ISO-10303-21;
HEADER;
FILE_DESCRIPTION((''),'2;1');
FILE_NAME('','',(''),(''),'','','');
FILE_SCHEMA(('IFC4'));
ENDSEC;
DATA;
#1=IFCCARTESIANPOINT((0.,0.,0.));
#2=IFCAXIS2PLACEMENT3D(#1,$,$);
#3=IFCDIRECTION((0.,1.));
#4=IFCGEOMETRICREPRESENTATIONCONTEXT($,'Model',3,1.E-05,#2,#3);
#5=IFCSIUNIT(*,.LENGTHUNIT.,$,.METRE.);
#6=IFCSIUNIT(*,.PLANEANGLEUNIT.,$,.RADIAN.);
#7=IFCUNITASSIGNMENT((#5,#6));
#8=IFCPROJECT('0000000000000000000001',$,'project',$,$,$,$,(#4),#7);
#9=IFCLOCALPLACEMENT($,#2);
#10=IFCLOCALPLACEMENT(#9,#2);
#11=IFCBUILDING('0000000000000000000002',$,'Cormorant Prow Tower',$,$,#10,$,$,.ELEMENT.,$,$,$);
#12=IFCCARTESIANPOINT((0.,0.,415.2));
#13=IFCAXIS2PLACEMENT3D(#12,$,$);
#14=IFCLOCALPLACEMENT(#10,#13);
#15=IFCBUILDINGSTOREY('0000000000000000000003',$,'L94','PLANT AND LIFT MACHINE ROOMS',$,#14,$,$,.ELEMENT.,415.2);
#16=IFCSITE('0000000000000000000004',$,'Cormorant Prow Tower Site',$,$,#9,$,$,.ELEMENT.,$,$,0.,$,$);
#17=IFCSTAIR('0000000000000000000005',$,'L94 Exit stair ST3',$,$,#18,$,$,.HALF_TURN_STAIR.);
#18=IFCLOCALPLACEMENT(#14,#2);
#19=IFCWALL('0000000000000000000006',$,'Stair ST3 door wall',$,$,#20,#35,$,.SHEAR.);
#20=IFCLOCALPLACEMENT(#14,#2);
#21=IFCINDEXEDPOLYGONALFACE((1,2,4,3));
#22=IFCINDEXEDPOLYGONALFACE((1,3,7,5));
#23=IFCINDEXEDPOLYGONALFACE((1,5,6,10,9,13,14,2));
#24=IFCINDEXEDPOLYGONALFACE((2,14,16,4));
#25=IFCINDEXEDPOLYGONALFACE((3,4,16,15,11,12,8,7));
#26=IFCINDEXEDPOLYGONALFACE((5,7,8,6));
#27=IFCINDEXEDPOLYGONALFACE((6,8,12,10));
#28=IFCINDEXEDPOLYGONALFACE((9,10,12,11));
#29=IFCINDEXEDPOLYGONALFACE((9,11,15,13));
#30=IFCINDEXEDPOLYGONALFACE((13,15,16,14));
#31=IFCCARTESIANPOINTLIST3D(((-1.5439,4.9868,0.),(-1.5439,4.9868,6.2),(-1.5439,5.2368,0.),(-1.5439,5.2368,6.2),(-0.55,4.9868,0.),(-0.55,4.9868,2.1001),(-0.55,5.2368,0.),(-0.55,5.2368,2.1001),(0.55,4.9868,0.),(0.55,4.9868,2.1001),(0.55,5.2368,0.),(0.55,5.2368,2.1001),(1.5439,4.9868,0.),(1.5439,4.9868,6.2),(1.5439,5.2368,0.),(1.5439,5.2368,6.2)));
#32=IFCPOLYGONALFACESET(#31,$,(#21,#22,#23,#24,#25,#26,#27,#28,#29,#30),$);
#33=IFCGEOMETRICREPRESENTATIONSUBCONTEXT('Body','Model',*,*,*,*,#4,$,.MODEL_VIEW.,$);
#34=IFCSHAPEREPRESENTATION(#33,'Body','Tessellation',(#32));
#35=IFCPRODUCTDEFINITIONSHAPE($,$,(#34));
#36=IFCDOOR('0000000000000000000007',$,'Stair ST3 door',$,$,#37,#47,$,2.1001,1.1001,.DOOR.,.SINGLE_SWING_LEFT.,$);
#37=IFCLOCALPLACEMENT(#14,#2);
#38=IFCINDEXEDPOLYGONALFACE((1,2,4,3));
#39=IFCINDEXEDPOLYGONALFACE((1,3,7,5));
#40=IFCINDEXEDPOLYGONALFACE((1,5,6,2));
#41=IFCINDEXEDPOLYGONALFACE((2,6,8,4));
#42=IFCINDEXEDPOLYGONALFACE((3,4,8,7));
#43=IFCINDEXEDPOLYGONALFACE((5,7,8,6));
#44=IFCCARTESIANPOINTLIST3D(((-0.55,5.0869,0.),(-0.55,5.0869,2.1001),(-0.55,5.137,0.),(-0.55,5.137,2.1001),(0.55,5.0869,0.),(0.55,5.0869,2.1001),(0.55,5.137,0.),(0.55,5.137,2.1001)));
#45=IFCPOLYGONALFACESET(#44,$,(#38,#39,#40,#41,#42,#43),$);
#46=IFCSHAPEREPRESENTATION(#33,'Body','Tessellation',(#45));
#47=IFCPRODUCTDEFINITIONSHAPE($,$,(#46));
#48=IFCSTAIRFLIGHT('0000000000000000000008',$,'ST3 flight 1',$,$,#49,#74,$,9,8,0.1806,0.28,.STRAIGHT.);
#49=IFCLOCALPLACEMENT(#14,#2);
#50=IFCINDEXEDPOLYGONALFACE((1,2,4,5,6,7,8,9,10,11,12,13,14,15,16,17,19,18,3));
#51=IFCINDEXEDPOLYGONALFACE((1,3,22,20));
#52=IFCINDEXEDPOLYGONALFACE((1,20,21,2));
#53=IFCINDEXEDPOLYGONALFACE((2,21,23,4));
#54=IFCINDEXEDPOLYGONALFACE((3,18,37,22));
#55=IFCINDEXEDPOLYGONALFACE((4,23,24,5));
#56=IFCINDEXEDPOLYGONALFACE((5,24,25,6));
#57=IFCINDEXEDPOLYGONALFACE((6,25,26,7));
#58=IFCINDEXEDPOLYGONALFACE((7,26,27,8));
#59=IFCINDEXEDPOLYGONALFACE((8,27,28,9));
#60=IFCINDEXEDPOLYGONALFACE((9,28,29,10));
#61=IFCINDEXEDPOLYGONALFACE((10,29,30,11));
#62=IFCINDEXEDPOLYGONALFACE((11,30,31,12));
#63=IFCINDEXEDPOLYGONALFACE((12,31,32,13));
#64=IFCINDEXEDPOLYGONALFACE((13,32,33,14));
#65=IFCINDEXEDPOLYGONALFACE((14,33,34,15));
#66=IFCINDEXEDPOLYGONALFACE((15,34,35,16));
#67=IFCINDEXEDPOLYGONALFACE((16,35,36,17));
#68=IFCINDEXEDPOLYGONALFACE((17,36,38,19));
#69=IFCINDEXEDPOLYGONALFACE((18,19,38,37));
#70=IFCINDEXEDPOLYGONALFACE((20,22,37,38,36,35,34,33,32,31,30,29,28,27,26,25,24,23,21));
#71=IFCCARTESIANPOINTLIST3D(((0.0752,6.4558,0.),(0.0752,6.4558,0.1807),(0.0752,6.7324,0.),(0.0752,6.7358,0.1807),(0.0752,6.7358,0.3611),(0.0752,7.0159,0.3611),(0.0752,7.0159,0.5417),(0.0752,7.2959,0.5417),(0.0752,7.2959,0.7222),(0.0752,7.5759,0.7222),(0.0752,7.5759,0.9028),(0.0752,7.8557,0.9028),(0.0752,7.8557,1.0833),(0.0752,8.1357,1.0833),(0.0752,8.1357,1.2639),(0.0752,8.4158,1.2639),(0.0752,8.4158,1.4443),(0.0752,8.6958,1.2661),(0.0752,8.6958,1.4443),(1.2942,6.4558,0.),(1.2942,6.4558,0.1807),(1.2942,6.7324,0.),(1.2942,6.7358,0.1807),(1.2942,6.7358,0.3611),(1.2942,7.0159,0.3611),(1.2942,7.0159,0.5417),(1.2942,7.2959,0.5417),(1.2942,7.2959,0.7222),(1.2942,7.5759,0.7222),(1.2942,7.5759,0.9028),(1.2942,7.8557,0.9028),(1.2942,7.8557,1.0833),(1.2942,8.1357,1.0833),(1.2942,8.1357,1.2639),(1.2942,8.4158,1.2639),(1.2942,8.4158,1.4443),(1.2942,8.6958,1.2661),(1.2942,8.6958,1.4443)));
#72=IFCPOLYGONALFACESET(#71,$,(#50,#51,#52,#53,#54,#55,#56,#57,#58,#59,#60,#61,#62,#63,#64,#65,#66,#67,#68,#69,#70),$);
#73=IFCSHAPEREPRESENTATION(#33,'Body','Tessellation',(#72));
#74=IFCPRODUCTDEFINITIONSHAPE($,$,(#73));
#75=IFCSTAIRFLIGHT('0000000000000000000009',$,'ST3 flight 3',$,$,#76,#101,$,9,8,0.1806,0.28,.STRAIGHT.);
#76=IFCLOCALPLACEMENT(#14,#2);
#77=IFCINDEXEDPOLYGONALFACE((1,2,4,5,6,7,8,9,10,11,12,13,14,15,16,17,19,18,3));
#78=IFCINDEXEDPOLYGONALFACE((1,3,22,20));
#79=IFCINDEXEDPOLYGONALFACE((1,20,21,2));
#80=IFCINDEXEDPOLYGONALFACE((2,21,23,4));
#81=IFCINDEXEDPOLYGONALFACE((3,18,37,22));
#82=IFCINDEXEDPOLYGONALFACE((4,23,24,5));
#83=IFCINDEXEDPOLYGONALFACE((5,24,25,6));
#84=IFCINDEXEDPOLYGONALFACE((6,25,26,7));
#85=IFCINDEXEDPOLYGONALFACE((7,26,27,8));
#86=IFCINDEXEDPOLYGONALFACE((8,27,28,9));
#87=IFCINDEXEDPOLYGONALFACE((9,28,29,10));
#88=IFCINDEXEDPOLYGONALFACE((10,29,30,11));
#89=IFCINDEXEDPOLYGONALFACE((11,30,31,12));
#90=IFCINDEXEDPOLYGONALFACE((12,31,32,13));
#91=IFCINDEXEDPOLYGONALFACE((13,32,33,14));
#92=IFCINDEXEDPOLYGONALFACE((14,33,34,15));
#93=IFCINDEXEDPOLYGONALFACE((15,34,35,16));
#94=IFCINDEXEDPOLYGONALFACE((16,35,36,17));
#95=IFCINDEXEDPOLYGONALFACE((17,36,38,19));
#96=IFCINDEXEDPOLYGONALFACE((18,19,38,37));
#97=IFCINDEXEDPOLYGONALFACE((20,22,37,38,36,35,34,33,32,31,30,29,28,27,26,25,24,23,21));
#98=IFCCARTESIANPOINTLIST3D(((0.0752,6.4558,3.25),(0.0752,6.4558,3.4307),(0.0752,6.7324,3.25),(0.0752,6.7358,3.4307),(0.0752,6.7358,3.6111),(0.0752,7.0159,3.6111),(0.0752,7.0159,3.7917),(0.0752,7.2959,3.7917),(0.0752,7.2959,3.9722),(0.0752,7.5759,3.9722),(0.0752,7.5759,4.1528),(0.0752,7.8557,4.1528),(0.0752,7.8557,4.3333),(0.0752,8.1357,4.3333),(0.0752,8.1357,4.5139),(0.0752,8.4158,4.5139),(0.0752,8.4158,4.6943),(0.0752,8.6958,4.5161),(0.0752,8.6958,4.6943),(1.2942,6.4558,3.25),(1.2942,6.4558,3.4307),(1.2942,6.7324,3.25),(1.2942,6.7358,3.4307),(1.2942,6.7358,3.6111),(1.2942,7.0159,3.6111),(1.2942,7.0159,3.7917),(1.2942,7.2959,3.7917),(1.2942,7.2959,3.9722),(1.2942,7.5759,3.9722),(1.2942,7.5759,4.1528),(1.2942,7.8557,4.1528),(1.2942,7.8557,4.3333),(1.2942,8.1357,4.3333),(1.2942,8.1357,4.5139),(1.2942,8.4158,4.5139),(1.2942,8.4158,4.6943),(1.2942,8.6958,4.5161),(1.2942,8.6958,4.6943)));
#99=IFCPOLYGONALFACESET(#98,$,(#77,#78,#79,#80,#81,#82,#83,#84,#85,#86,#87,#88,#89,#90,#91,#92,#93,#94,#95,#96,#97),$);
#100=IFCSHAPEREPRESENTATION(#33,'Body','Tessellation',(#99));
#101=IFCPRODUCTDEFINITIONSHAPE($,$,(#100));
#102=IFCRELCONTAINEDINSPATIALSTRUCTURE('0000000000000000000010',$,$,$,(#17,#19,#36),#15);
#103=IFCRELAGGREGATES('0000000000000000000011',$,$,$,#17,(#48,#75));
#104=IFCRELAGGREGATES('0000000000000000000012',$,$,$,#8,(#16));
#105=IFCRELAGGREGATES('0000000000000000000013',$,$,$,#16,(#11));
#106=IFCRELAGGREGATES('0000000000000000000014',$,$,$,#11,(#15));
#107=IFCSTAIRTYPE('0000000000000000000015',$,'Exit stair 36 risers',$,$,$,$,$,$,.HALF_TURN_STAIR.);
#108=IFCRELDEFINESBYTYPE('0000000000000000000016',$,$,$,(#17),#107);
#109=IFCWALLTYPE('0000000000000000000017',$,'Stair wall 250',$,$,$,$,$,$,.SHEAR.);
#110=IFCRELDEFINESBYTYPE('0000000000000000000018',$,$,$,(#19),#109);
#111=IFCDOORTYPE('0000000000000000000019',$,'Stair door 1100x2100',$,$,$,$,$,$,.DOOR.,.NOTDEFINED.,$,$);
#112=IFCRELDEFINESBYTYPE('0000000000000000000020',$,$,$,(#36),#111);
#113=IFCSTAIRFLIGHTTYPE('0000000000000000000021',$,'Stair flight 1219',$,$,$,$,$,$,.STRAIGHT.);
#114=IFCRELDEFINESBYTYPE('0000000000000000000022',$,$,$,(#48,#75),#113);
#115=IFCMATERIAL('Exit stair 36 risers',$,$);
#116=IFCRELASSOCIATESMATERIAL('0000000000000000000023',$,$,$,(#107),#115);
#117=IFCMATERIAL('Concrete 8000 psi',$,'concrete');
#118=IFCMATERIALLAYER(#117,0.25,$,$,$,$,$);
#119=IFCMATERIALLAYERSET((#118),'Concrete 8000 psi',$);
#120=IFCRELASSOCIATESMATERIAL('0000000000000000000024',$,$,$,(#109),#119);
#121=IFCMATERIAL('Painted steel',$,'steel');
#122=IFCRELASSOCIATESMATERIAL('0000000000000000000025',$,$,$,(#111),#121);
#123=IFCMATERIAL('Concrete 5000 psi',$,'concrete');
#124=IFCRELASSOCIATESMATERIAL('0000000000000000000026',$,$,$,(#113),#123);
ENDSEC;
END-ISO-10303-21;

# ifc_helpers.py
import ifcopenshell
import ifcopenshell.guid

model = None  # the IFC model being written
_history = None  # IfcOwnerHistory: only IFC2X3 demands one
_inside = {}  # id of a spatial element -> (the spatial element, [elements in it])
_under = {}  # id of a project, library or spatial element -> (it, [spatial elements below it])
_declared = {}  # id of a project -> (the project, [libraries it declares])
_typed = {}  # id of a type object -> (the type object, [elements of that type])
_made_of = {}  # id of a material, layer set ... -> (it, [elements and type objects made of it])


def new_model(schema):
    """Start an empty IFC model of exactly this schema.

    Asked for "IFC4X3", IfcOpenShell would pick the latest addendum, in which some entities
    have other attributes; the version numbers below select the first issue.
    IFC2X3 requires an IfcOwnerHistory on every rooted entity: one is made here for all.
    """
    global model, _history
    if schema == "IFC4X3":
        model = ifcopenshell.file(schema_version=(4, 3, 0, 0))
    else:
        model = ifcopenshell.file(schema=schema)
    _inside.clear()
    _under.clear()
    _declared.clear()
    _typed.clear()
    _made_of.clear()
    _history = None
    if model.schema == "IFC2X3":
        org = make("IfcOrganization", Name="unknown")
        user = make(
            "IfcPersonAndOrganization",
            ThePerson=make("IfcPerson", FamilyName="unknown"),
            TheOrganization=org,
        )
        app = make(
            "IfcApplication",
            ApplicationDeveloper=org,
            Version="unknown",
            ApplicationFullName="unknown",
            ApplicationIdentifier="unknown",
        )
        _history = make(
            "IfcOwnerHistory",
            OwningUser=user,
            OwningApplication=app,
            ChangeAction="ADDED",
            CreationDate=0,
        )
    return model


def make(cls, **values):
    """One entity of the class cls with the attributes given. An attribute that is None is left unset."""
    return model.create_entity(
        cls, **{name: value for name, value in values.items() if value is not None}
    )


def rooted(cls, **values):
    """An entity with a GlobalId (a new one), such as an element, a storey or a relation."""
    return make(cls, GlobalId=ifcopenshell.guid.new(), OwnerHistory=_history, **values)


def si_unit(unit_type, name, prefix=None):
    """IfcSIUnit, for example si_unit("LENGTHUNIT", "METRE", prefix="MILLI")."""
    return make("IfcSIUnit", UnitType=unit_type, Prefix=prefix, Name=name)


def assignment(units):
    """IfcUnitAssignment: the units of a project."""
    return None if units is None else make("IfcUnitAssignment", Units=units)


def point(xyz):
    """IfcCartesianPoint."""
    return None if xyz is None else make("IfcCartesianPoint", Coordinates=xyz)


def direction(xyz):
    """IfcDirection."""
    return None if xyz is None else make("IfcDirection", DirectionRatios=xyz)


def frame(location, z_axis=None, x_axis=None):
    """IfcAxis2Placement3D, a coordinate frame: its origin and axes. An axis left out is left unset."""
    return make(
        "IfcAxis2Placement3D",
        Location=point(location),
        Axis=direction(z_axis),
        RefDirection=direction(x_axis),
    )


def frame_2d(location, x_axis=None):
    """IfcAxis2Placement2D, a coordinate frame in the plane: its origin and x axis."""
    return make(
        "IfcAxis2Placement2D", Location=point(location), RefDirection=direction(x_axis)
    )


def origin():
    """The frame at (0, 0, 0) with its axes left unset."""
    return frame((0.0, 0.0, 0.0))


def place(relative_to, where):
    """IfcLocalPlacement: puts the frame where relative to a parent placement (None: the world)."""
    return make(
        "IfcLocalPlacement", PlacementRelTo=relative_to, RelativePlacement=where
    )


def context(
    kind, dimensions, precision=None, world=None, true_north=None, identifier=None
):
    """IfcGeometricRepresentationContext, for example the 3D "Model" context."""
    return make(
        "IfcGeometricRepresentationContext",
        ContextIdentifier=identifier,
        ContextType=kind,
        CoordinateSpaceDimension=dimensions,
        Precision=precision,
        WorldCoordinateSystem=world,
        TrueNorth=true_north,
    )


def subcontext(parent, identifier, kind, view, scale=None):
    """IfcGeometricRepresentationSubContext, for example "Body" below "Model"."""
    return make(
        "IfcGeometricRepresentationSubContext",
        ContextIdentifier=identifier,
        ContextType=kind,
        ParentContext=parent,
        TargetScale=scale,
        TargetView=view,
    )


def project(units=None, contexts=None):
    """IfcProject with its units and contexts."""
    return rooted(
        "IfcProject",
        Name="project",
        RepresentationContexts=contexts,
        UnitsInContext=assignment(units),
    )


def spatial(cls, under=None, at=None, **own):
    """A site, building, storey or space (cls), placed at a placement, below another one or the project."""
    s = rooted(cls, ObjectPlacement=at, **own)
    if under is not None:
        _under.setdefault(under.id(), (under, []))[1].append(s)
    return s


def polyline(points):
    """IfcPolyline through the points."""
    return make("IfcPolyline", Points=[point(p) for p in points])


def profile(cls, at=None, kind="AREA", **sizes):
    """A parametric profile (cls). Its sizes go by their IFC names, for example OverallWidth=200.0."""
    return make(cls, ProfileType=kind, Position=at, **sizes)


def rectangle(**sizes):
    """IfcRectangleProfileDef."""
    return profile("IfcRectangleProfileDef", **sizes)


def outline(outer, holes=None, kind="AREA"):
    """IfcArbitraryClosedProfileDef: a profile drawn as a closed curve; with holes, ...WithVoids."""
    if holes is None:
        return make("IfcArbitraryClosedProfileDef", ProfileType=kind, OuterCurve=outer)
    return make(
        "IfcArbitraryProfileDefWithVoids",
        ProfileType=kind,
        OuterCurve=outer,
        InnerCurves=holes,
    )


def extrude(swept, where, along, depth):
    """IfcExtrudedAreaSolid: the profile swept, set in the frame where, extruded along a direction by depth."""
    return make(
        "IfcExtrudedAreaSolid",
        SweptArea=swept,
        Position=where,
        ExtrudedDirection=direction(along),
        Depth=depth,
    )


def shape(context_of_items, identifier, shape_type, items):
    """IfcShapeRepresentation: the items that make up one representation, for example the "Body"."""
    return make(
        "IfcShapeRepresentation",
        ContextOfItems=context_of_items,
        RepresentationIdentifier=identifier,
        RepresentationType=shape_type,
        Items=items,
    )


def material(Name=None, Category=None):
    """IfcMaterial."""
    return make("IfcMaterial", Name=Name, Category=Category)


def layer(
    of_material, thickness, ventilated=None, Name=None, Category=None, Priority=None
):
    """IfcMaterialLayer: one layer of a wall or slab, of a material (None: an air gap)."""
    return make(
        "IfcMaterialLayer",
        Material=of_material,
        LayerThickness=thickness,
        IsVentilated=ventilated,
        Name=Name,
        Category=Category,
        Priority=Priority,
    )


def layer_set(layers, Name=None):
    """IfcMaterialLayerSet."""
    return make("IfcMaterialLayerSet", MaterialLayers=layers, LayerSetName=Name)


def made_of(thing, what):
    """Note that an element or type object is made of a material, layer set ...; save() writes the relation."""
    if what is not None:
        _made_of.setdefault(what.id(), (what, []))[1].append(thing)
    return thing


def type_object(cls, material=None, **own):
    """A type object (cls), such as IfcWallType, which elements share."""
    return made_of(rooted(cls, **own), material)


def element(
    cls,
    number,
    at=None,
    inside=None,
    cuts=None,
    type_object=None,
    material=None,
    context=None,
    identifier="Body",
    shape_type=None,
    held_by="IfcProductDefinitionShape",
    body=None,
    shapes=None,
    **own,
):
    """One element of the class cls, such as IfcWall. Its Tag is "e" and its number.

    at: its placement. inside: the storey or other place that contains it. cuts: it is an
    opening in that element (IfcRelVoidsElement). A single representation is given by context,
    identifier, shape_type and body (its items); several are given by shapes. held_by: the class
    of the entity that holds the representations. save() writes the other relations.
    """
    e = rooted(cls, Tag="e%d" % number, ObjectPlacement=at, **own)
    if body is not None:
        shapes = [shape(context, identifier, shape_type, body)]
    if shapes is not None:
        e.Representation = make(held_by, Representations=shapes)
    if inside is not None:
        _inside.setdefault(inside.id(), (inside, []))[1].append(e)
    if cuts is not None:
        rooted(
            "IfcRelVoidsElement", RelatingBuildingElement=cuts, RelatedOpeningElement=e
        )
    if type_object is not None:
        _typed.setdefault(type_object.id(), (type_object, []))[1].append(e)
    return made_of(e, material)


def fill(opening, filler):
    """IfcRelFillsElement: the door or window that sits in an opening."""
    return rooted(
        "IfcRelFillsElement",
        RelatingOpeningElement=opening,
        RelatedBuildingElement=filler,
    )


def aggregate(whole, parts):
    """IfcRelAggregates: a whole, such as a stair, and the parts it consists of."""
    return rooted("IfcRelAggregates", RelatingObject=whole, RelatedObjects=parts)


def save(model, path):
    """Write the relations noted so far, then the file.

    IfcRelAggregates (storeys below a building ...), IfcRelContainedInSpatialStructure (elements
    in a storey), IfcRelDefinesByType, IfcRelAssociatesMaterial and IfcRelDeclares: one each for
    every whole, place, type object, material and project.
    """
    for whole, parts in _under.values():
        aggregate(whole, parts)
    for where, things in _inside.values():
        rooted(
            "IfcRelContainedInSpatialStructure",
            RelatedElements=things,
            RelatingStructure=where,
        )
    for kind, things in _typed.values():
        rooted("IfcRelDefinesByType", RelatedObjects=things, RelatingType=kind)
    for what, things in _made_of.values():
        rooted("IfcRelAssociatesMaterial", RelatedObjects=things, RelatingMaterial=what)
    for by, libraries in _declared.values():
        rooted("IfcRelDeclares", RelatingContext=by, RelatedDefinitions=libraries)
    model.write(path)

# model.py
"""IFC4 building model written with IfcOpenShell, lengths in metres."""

from ifc_helpers import new_model, si_unit, direction, frame, frame_2d, origin, place, context, subcontext, project, spatial, polyline, rectangle, outline, extrude, material, layer, layer_set, type_object, element, fill, aggregate, save


model = new_model("IFC4")

# Units and contexts
model_context = context("Model", 3, precision=1e-05, world=origin(), true_north=direction((0.0, 1.0)))
body_context = subcontext(model_context, "Body", "Model", "MODEL_VIEW")
ifc_project = project(units=[si_unit("LENGTHUNIT", "METRE"), si_unit("PLANEANGLEUNIT", "RADIAN")], contexts=[model_context])

# Site, building, storey
site_placement = place(None, origin())
site = spatial("IfcSite", under=ifc_project, at=site_placement, Name="Cormorant Prow Tower Site", CompositionType="ELEMENT", RefElevation=0.0)
building_placement = place(site_placement, origin())
building = spatial("IfcBuilding", under=site, at=building_placement, Name="Cormorant Prow Tower", CompositionType="ELEMENT")
storey_placement = place(building_placement, frame((0.0, 0.0, 415.2)))
storey = spatial("IfcBuildingStorey", under=building, at=storey_placement, Name="L94", Description="PLANT AND LIFT MACHINE ROOMS", CompositionType="ELEMENT", Elevation=415.2)

# Stair
ifc_material_1 = material(Name="Exit stair 36 risers")
stair_type = type_object("IfcStairType", Name="Exit stair 36 risers", PredefinedType="HALF_TURN_STAIR", material=ifc_material_1)
stair_1_placement = place(storey_placement, origin())
stair_1 = element("IfcStair", 1, at=stair_1_placement, inside=storey, type_object=stair_type, Name="L94 Exit stair ST3", PredefinedType="HALF_TURN_STAIR")

# Shared definitions
ifc_material_2 = material(Name="Concrete 8000 psi", Category="concrete")
ifc_layer_1 = layer(ifc_material_2, 0.25)
ifc_layer_set_1 = layer_set([ifc_layer_1], Name="Concrete 8000 psi")
wall_type_1 = type_object("IfcWallType", Name="Stair wall 250", PredefinedType="SHEAR", material=ifc_layer_set_1)

# Wall, opening, door
wall_1_placement = place(storey_placement, frame((1.5439, 5.1118, 0.0), z_axis=(0.0, 0.0, 1.0), x_axis=(-1.0, 0.0, 0.0)))
wall_1 = element("IfcWall", 2, at=wall_1_placement, inside=storey, type_object=wall_type_1, Name="Stair ST3 door wall", PredefinedType="SHEAR", context=body_context, shape_type="SweptSolid", body=[
    extrude(rectangle(XDim=3.0879, YDim=0.25, at=frame_2d((1.5439, 0.0))), origin(), (0.0, 0.0, 1.0), 6.2),
])
opening_1_placement = place(wall_1_placement, frame((0.9939, 0.0, 0.0)))
opening_1 = element("IfcOpeningElement", 3, at=opening_1_placement, cuts=wall_1, PredefinedType="OPENING", context=body_context, shape_type="SweptSolid", body=[
    extrude(rectangle(XDim=1.1001, YDim=2.1001, at=frame_2d((0.55, 1.05))), frame((0.0, 0.135, 0.0), z_axis=(0.0, -1.0, 0.0), x_axis=(1.0, 0.0, 0.0)), (0.0, 0.0, 1.0), 0.27),
])
ifc_material_3 = material(Name="Painted steel", Category="steel")
door_type_1 = type_object("IfcDoorType", Name="Stair door 1100x2100", OperationType="NOTDEFINED", PredefinedType="DOOR", material=ifc_material_3)
door_1_placement = place(opening_1_placement, origin())
door_1 = element("IfcDoor", 4, at=door_1_placement, inside=storey, type_object=door_type_1, Name="Stair ST3 door", OperationType="SINGLE_SWING_LEFT", OverallHeight=2.1001, OverallWidth=1.1001, PredefinedType="DOOR", context=body_context, shape_type="SweptSolid", body=[
    extrude(rectangle(XDim=1.1001, YDim=2.1001, at=frame_2d((0.55, 1.05))), frame((0.0, 0.0249, 0.0), z_axis=(0.0, -1.0, 0.0), x_axis=(1.0, 0.0, 0.0)), (0.0, 0.0, 1.0), 0.05),
])
fill(opening_1, door_1)

# Stair flights
ifc_material_4 = material(Name="Concrete 5000 psi", Category="concrete")
stair_flight_type = type_object("IfcStairFlightType", Name="Stair flight 1219", PredefinedType="STRAIGHT", material=ifc_material_4)
stair_flight_1_placement = place(storey_placement, frame((0.6846, 6.4558, 0.0), z_axis=(0.0, 0.0, 1.0), x_axis=(0.0, 1.0, 0.0)))
stair_flight_1 = element("IfcStairFlight", 5, at=stair_flight_1_placement, type_object=stair_flight_type, Name="ST3 flight 1", NumberOfRisers=9, NumberOfTreads=8, PredefinedType="STRAIGHT", RiserHeight=0.1806, TreadLength=0.28, context=body_context, shape_type="SweptSolid", body=[
    extrude(outline(polyline([(0.0, 0.0), (0.0, 0.1807), (0.28, 0.1807), (0.28, 0.3611), (0.5601, 0.3611), (0.5601, 0.5417), (0.8401, 0.5417), (0.8401, 0.7222), (1.1201, 0.7222), (1.1201, 0.9028), (1.3999, 0.9028), (1.3999, 1.0833), (1.6799, 1.0833), (1.6799, 1.2639), (1.96, 1.2639), (1.96, 1.4443), (2.24, 1.4443), (2.24, 1.625), (2.24, 1.2661), (0.2766, 0.0), (0.0, 0.0)])), frame((0.0, 0.6094, 0.0), z_axis=(0.0, -1.0, 0.0), x_axis=(1.0, 0.0, 0.0)), (0.0, 0.0, 1.0), 1.219),
])
stair_flight_2_placement = place(storey_placement, frame((0.6846, 6.4558, 3.25), z_axis=(0.0, 0.0, 1.0), x_axis=(0.0, 1.0, 0.0)))
stair_flight_2 = element("IfcStairFlight", 6, at=stair_flight_2_placement, type_object=stair_flight_type, Name="ST3 flight 3", NumberOfRisers=9, NumberOfTreads=8, PredefinedType="STRAIGHT", RiserHeight=0.1806, TreadLength=0.28, context=body_context, shape_type="SweptSolid", body=[
    extrude(outline(polyline([(0.0, 0.0), (0.0, 0.1807), (0.28, 0.1807), (0.28, 0.3611), (0.5601, 0.3611), (0.5601, 0.5417), (0.8401, 0.5417), (0.8401, 0.7222), (1.1201, 0.7222), (1.1201, 0.9028), (1.3999, 0.9028), (1.3999, 1.0833), (1.6799, 1.0833), (1.6799, 1.2639), (1.96, 1.2639), (1.96, 1.4443), (2.24, 1.4443), (2.24, 1.625), (2.24, 1.2661), (0.2766, 0.0), (0.0, 0.0)])), frame((0.0, 0.6094, 0.0), z_axis=(0.0, -1.0, 0.0), x_axis=(1.0, 0.0, 0.0)), (0.0, 0.0, 1.0), 1.219),
])
aggregate(stair_1, [stair_flight_1, stair_flight_2])

save(model, "model.ifc")
